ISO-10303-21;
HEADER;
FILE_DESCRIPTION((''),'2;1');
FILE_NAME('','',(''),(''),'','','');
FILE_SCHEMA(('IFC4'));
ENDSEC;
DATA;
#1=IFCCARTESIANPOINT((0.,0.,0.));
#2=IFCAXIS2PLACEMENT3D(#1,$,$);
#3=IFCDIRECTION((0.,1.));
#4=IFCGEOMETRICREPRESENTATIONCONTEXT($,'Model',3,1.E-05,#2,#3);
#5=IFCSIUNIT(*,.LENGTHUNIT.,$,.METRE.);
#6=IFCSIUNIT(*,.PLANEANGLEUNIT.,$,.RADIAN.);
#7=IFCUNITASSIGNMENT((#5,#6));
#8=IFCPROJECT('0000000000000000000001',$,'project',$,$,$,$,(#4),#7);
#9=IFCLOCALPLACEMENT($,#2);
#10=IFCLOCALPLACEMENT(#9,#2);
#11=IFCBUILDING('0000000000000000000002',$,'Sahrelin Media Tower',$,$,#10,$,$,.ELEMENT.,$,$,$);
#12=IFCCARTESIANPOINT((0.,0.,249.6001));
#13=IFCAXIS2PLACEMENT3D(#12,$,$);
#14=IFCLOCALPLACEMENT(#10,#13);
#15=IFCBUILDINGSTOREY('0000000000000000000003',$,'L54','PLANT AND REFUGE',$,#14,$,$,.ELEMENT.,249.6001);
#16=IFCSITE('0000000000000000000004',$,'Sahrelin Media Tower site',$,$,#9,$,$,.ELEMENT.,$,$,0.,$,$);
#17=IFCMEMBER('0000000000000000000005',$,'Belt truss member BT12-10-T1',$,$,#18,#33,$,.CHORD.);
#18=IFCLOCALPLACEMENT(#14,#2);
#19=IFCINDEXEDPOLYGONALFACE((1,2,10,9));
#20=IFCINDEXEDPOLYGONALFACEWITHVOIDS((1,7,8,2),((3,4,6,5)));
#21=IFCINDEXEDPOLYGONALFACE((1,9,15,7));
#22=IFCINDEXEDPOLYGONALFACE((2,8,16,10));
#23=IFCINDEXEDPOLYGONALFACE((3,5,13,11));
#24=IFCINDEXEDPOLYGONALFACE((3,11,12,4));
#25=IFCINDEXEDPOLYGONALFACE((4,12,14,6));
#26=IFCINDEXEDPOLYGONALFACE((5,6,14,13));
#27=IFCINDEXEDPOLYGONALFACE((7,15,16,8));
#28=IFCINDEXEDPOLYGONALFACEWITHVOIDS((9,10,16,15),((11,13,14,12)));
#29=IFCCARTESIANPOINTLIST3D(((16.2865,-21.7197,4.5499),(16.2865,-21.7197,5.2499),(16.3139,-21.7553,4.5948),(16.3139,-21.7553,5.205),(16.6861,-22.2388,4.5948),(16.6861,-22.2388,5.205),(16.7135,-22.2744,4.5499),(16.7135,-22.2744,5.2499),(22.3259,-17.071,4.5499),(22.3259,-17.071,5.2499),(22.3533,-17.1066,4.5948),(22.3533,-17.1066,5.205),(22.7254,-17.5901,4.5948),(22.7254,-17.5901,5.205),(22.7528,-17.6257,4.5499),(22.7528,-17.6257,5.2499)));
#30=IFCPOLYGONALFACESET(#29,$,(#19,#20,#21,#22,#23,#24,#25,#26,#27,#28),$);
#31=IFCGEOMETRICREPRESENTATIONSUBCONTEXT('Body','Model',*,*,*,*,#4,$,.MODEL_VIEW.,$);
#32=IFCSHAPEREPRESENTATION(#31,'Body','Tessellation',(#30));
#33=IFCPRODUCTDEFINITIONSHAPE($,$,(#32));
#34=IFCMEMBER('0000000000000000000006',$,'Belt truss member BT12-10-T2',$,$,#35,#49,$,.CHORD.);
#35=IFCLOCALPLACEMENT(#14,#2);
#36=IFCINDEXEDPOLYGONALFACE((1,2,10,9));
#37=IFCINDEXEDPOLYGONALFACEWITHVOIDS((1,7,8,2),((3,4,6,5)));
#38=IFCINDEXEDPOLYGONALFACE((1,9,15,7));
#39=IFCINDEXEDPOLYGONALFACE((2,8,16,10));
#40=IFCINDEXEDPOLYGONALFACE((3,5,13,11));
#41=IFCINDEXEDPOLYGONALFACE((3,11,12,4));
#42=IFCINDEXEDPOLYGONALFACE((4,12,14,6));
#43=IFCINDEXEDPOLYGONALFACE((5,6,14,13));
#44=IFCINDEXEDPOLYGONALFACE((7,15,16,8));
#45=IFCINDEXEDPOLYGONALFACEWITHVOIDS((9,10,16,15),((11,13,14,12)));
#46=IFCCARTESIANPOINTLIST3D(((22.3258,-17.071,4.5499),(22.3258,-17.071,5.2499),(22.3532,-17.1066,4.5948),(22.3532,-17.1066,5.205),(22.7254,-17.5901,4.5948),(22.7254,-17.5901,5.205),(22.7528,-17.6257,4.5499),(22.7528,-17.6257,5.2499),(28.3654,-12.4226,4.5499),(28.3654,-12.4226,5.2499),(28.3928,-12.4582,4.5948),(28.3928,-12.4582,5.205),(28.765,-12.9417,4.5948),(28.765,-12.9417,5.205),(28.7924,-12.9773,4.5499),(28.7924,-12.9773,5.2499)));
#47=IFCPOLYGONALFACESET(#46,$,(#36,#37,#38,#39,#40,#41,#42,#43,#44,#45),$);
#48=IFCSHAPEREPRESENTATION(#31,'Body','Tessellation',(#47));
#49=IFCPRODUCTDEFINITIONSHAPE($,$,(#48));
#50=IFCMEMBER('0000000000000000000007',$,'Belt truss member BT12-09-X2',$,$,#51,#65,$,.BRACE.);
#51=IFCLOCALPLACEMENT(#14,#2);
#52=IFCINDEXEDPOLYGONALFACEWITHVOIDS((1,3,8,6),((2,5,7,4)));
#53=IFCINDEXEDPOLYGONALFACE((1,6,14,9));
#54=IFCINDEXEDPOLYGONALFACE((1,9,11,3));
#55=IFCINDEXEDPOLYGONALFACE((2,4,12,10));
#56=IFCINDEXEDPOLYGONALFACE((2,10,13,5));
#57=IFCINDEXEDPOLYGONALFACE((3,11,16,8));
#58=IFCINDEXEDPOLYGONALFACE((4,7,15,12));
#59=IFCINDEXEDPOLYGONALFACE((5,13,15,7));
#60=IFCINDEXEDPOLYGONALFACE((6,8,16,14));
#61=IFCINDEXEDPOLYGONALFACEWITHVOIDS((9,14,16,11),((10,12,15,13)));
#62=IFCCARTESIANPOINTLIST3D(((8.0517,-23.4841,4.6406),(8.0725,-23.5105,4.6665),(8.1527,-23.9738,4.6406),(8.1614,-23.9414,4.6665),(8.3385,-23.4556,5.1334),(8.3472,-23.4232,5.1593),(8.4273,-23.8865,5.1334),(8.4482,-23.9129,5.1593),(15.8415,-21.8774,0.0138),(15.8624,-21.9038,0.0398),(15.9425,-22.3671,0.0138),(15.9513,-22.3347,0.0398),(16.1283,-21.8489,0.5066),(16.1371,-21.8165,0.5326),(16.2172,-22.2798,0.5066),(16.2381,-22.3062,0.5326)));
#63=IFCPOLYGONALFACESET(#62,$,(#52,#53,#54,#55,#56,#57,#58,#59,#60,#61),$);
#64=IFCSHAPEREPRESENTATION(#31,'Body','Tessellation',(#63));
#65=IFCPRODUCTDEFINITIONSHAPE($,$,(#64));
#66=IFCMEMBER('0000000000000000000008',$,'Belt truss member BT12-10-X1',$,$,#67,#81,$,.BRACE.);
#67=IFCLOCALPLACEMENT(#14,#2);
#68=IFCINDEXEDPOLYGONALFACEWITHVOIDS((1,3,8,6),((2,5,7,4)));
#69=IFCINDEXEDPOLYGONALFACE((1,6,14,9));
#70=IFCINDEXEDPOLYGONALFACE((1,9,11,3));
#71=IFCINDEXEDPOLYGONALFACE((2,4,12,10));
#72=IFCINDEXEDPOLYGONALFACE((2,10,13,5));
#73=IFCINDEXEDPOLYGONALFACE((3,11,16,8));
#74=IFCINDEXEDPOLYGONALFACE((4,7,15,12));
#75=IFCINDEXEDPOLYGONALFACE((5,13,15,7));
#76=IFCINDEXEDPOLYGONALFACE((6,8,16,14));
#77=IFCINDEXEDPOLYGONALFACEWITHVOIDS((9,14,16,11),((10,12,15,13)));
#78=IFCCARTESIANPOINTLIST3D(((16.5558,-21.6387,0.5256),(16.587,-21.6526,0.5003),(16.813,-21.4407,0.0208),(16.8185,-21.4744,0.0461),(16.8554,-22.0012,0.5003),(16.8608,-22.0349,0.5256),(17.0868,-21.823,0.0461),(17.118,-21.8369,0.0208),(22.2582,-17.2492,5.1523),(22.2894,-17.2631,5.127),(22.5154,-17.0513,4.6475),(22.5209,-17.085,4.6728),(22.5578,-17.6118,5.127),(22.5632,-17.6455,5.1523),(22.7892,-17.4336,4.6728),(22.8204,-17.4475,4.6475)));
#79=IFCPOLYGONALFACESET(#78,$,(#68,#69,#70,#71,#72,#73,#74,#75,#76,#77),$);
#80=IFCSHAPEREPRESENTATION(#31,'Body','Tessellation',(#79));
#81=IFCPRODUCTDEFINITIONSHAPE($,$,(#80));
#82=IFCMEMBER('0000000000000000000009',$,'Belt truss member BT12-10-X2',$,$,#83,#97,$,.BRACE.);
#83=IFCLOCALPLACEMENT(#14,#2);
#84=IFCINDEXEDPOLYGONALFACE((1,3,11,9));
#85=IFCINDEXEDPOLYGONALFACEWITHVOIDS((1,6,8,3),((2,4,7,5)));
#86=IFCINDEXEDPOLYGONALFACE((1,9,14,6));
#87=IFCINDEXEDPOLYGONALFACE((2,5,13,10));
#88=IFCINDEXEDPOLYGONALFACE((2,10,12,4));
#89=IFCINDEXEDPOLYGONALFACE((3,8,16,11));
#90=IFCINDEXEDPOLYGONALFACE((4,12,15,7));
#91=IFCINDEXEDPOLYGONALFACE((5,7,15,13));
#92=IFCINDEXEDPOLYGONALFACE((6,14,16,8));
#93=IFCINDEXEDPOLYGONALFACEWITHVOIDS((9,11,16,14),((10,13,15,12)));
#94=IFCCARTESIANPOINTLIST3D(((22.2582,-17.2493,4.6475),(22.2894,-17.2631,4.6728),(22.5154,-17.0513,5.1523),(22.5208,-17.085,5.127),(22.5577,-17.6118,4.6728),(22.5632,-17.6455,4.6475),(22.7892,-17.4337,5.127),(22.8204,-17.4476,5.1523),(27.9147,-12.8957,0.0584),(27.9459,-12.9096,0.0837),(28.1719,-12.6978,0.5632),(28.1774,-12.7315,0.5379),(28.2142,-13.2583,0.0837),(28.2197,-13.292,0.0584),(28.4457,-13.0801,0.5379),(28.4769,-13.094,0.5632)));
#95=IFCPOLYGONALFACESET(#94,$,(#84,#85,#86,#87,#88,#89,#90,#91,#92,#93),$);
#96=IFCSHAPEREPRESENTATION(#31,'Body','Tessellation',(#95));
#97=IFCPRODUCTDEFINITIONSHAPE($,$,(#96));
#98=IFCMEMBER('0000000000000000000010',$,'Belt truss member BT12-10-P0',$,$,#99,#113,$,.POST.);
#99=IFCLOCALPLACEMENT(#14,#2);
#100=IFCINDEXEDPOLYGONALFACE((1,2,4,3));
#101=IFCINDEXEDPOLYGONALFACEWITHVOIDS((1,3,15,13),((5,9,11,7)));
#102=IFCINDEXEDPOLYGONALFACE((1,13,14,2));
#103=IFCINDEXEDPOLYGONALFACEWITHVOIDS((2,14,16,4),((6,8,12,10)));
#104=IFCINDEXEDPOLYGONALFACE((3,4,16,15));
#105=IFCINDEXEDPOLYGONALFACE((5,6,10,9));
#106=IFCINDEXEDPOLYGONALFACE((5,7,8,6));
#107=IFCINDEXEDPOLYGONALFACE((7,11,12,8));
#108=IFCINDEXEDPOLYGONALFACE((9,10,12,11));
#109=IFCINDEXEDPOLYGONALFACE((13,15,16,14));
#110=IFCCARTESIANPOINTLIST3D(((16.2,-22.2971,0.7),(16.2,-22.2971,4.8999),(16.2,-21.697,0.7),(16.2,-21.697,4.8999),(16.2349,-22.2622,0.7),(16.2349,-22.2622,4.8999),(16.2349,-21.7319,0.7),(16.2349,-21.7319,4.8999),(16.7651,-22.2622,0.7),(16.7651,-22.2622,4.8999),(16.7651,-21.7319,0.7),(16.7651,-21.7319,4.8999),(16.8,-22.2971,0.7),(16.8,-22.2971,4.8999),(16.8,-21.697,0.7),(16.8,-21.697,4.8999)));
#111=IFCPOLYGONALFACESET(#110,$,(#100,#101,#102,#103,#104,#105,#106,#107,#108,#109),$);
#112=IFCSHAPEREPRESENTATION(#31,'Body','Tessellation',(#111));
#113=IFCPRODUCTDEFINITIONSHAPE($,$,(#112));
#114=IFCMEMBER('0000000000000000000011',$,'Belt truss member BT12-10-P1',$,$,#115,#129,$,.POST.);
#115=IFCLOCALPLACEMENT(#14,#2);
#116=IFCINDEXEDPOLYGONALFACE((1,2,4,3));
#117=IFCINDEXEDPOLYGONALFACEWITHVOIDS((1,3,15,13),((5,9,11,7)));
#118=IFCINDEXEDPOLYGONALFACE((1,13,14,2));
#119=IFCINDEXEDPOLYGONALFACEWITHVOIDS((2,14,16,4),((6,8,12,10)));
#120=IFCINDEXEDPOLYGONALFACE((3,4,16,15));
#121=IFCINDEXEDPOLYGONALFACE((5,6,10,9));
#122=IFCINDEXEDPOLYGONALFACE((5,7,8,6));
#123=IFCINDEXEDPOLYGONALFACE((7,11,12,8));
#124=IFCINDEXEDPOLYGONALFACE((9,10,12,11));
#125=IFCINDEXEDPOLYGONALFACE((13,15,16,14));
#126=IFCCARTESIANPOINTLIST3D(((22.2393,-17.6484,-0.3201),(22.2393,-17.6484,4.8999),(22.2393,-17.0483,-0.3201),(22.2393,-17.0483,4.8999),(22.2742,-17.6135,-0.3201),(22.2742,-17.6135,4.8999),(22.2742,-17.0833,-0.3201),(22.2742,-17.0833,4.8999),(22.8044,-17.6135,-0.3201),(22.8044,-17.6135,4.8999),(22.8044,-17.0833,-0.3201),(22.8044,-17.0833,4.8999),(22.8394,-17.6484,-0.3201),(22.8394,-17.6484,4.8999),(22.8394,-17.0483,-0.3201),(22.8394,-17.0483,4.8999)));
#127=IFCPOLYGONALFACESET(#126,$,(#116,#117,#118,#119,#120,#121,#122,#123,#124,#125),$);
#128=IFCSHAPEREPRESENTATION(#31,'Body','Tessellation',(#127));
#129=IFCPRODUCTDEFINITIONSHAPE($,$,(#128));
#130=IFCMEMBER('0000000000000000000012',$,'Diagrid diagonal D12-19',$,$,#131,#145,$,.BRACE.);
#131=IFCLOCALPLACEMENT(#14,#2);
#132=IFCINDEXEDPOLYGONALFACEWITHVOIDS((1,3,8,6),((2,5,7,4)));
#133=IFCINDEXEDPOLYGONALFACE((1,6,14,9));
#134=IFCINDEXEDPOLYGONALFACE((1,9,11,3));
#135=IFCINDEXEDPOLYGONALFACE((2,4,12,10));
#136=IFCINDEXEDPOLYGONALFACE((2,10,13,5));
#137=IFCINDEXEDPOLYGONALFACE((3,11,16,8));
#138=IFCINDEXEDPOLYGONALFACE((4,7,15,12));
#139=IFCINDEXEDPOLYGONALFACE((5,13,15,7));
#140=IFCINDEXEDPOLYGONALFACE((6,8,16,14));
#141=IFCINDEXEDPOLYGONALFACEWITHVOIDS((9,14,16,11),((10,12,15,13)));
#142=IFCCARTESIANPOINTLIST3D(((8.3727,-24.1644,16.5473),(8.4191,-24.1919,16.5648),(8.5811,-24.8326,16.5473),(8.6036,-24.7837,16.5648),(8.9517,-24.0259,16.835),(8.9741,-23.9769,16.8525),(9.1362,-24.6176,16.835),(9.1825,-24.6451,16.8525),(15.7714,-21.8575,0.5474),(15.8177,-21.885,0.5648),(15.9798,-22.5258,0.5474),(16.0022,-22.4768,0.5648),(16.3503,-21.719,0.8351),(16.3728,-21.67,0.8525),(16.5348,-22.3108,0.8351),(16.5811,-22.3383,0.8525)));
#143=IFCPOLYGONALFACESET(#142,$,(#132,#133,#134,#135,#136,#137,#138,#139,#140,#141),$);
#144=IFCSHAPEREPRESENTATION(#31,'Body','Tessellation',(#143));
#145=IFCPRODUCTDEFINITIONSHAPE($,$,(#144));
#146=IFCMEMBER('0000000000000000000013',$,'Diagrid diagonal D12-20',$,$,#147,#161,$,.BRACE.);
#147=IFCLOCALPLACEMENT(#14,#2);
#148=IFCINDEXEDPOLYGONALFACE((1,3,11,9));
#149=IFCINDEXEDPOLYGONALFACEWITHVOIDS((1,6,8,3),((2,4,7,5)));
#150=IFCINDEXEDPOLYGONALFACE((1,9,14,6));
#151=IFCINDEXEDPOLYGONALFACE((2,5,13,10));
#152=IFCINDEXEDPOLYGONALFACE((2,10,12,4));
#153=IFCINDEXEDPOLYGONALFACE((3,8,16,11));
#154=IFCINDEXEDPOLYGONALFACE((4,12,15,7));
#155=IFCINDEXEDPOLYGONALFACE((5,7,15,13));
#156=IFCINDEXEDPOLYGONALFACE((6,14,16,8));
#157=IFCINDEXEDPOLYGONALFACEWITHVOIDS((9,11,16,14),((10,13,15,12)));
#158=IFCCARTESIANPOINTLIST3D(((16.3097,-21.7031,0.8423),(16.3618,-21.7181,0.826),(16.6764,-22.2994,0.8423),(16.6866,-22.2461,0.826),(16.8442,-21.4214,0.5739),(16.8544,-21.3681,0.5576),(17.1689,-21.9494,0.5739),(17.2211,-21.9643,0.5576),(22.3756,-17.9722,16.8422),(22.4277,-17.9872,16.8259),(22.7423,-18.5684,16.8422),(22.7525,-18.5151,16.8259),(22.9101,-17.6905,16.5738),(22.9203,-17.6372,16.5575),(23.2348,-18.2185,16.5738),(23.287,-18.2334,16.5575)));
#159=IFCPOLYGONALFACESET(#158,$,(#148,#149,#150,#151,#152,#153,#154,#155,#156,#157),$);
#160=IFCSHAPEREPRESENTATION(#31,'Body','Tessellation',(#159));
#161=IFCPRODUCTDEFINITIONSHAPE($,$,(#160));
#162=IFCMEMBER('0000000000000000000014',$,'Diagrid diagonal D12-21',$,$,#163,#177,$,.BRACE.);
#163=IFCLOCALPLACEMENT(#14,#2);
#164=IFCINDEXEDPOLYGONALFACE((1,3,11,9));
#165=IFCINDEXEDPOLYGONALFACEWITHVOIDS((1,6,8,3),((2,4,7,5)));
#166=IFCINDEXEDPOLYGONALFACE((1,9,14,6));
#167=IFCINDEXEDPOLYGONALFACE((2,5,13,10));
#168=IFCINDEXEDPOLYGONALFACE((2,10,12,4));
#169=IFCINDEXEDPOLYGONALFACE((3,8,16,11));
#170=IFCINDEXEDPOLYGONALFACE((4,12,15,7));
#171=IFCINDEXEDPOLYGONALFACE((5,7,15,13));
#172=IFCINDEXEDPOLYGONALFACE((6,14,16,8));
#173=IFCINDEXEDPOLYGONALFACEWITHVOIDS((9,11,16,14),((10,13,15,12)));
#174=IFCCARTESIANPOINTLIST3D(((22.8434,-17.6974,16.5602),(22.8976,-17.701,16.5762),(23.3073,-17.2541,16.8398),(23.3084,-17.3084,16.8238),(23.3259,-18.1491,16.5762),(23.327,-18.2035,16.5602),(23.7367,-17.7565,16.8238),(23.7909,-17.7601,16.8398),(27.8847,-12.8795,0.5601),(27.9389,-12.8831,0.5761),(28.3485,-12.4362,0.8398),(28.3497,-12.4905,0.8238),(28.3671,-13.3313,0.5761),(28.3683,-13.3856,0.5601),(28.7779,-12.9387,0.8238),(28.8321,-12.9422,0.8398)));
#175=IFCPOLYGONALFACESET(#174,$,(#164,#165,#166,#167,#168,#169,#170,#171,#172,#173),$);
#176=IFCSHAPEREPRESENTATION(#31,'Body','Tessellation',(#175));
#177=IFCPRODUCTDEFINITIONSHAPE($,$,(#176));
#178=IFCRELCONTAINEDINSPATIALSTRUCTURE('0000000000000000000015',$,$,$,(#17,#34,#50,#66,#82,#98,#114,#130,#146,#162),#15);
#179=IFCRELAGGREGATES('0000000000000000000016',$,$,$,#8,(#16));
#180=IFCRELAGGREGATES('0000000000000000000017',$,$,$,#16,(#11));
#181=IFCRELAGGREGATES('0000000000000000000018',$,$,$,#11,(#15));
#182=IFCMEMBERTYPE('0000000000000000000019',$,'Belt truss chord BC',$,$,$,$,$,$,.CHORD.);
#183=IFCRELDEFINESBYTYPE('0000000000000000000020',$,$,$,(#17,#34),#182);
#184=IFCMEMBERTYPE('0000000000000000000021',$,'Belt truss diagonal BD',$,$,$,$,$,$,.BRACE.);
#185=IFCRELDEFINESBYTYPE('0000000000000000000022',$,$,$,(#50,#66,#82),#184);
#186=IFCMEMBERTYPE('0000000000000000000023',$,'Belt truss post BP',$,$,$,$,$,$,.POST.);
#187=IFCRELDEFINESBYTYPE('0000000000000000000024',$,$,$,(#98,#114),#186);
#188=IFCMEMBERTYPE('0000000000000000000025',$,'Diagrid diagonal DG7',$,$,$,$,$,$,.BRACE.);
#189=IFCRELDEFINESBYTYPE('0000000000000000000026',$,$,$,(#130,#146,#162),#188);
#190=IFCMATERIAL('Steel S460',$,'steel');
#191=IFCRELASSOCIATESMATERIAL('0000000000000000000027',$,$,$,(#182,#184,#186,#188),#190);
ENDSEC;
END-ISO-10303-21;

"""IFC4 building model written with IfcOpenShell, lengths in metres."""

from ifc_helpers import new_model, si_unit, direction, frame, origin, origin_2d, place, context, subcontext, project, spatial, hollow_rectangle, extrude, material, material_profile, profile_set, type_object, element, save


model = new_model("IFC4")

# Units and contexts
model_context = context("Model", 3, precision=1e-05, world=origin(), true_north=direction((0.0, 1.0)))
body_context = subcontext(model_context, "Body", "Model", "MODEL_VIEW")
ifc_project = project(units=[si_unit("LENGTHUNIT", "METRE"), si_unit("PLANEANGLEUNIT", "RADIAN")], contexts=[model_context])

# Site, building, storey
site_placement = place(None, origin())
site = spatial("IfcSite", under=ifc_project, at=site_placement, Name="Sahrelin Media Tower site", CompositionType="ELEMENT", RefElevation=0.0)
building_placement = place(site_placement, origin())
building = spatial("IfcBuilding", under=site, at=building_placement, Name="Sahrelin Media Tower", CompositionType="ELEMENT")
storey_placement = place(building_placement, frame((0.0, 0.0, 249.6001)))
storey = spatial("IfcBuildingStorey", under=building, at=storey_placement, Name="L54", Description="PLANT AND REFUGE", CompositionType="ELEMENT", Elevation=249.6001)

# Members
ifc_material_1 = material(Name="Steel S460", Category="steel")
ifc_material_profile_1 = material_profile(ifc_material_1, hollow_rectangle(XDim=0.7, YDim=0.7, WallThickness=0.0449, at=origin_2d()), Name="Belt truss chord BC")
ifc_profile_set_1 = profile_set([ifc_material_profile_1], Name="Steel S460")
member_type_1 = type_object("IfcMemberType", Name="Belt truss chord BC", PredefinedType="CHORD", material=ifc_profile_set_1)
for number, where, z_axis, x_axis, name in (
    (1, (16.5, -21.9971, 4.8999), (0.79243, 0.609963, 0.0), (-0.609963, 0.79243, 0.0), "Belt truss member BT12-10-T1"),
    (2, (22.5393, -17.3484, 4.8999), (0.792457, 0.609927, 0.0), (-0.609927, 0.792457, 0.0), "Belt truss member BT12-10-T2"),
):
    element("IfcMember", number, at=place(storey_placement, frame(where, z_axis=z_axis, x_axis=x_axis)), inside=storey, type_object=member_type_1, Name=name, PredefinedType="CHORD", context=body_context, shape_type="SweptSolid", body=[
        extrude(hollow_rectangle(XDim=0.7, YDim=0.7, WallThickness=0.0449, at=origin_2d()), origin(), (0.0, 0.0, 1.0), 7.6213),
    ])
ifc_material_profile_2 = material_profile(ifc_material_1, hollow_rectangle(XDim=0.5, YDim=0.6001, WallThickness=0.03, at=origin_2d()), Name="Belt truss diagonal BD")
ifc_profile_set_2 = profile_set([ifc_material_profile_2], Name="Steel S460")
member_type_2 = type_object("IfcMemberType", Name="Belt truss diagonal BD", PredefinedType="BRACE", material=ifc_profile_set_2)
member_1_placement = place(storey_placement, frame((16.0398, -22.0918, 0.2732), z_axis=(-0.846573, -0.17461, 0.502818), x_axis=(0.202004, -0.979385, 0.0)))
element("IfcMember", 3, at=member_1_placement, inside=storey, type_object=member_type_2, Name="Belt truss member BT12-09-X2", PredefinedType="BRACE", context=body_context, shape_type="SweptSolid", body=[
    extrude(hollow_rectangle(XDim=0.5, YDim=0.6001, WallThickness=0.03, at=origin_2d()), origin(), (0.0, 0.0, 1.0), 9.2017),
])
member_2_placement = place(storey_placement, frame((16.8369, -21.7378, 0.2732), z_axis=(0.666545, 0.513072, 0.54081), x_axis=(-0.609968, 0.792426, 0.0)))
element("IfcMember", 4, at=member_2_placement, inside=storey, type_object=member_type_2, Name="Belt truss member BT12-10-X1", PredefinedType="BRACE", context=body_context, shape_type="SweptSolid", body=[
    extrude(hollow_rectangle(XDim=0.5, YDim=0.6001, WallThickness=0.03, at=origin_2d()), origin(), (0.0, 0.0, 1.0), 8.5552),
])
member_3_placement = place(storey_placement, frame((28.1958, -12.9949, 0.3108), z_axis=(-0.666583, -0.513035, 0.540798), x_axis=(0.609919, -0.792464, 0.0)))
element("IfcMember", 5, at=member_3_placement, inside=storey, type_object=member_type_2, Name="Belt truss member BT12-10-X2", PredefinedType="BRACE", context=body_context, shape_type="SweptSolid", body=[
    extrude(hollow_rectangle(XDim=0.5, YDim=0.6001, WallThickness=0.03, at=origin_2d()), origin(), (0.0, 0.0, 1.0), 8.4858),
])
ifc_material_profile_3 = material_profile(ifc_material_1, hollow_rectangle(XDim=0.6001, YDim=0.6001, WallThickness=0.0349, at=origin_2d()), Name="Belt truss post BP")
ifc_profile_set_3 = profile_set([ifc_material_profile_3], Name="Steel S460")
member_type_3 = type_object("IfcMemberType", Name="Belt truss post BP", PredefinedType="POST", material=ifc_profile_set_3)
member_4_placement = place(storey_placement, frame((16.5, -21.9971, 0.7), z_axis=(0.0, 0.0, 1.0), x_axis=(1.0, 0.0, 0.0)))
element("IfcMember", 6, at=member_4_placement, inside=storey, type_object=member_type_3, Name="Belt truss member BT12-10-P0", PredefinedType="POST", context=body_context, shape_type="SweptSolid", body=[
    extrude(hollow_rectangle(XDim=0.6001, YDim=0.6001, WallThickness=0.0349, at=origin_2d()), origin(), (0.0, 0.0, 1.0), 4.2),
])
member_5_placement = place(storey_placement, frame((22.5393, -17.3484, -0.3201), z_axis=(0.0, 0.0, 1.0), x_axis=(1.0, 0.0, 0.0)))
element("IfcMember", 7, at=member_5_placement, inside=storey, type_object=member_type_3, Name="Belt truss member BT12-10-P1", PredefinedType="POST", context=body_context, shape_type="SweptSolid", body=[
    extrude(hollow_rectangle(XDim=0.6001, YDim=0.6001, WallThickness=0.0349, at=origin_2d()), origin(), (0.0, 0.0, 1.0), 5.22),
])
ifc_material_profile_4 = material_profile(ifc_material_1, hollow_rectangle(XDim=0.7, YDim=0.7, WallThickness=0.04, at=origin_2d()), Name="Diagrid diagonal DG7")
ifc_profile_set_4 = profile_set([ifc_material_profile_4], Name="Steel S460")
member_type_4 = type_object("IfcMemberType", Name="Diagrid diagonal DG7", PredefinedType="BRACE", material=ifc_profile_set_4)
member_6_placement = place(storey_placement, frame((16.1763, -22.0979, 0.7), z_axis=(-0.416167, -0.12976, 0.899982), x_axis=(0.297663, -0.954671, 0.0)))
element("IfcMember", 8, at=member_6_placement, inside=storey, type_object=member_type_4, Name="Diagrid diagonal D12-19", PredefinedType="BRACE", context=body_context, shape_type="SweptSolid", body=[
    extrude(hollow_rectangle(XDim=0.7, YDim=0.7, WallThickness=0.04, at=origin_2d()), origin(), (0.0, 0.0, 1.0), 17.7781),
])
member_7_placement = place(storey_placement, frame((16.7654, -21.8337, 0.7), z_axis=(0.346361, 0.213036, 0.913592), x_axis=(-0.523902, 0.851778, 0.0)))
element("IfcMember", 9, at=member_7_placement, inside=storey, type_object=member_type_4, Name="Diagrid diagonal D12-20", PredefinedType="BRACE", context=body_context, shape_type="SweptSolid", body=[
    extrude(hollow_rectangle(XDim=0.7, YDim=0.7, WallThickness=0.04, at=origin_2d()), origin(), (0.0, 0.0, 1.0), 17.5132),
])
member_8_placement = place(storey_placement, frame((28.3584, -12.9109, 0.7), z_axis=(-0.288839, -0.27604, 0.916719), x_axis=(0.690908, -0.722943, 0.0)))
element("IfcMember", 10, at=member_8_placement, inside=storey, type_object=member_type_4, Name="Diagrid diagonal D12-21", PredefinedType="BRACE", context=body_context, shape_type="SweptSolid", body=[
    extrude(hollow_rectangle(XDim=0.7, YDim=0.7, WallThickness=0.04, at=origin_2d()), origin(), (0.0, 0.0, 1.0), 17.4536),
])

save(model, "model.ifc")
